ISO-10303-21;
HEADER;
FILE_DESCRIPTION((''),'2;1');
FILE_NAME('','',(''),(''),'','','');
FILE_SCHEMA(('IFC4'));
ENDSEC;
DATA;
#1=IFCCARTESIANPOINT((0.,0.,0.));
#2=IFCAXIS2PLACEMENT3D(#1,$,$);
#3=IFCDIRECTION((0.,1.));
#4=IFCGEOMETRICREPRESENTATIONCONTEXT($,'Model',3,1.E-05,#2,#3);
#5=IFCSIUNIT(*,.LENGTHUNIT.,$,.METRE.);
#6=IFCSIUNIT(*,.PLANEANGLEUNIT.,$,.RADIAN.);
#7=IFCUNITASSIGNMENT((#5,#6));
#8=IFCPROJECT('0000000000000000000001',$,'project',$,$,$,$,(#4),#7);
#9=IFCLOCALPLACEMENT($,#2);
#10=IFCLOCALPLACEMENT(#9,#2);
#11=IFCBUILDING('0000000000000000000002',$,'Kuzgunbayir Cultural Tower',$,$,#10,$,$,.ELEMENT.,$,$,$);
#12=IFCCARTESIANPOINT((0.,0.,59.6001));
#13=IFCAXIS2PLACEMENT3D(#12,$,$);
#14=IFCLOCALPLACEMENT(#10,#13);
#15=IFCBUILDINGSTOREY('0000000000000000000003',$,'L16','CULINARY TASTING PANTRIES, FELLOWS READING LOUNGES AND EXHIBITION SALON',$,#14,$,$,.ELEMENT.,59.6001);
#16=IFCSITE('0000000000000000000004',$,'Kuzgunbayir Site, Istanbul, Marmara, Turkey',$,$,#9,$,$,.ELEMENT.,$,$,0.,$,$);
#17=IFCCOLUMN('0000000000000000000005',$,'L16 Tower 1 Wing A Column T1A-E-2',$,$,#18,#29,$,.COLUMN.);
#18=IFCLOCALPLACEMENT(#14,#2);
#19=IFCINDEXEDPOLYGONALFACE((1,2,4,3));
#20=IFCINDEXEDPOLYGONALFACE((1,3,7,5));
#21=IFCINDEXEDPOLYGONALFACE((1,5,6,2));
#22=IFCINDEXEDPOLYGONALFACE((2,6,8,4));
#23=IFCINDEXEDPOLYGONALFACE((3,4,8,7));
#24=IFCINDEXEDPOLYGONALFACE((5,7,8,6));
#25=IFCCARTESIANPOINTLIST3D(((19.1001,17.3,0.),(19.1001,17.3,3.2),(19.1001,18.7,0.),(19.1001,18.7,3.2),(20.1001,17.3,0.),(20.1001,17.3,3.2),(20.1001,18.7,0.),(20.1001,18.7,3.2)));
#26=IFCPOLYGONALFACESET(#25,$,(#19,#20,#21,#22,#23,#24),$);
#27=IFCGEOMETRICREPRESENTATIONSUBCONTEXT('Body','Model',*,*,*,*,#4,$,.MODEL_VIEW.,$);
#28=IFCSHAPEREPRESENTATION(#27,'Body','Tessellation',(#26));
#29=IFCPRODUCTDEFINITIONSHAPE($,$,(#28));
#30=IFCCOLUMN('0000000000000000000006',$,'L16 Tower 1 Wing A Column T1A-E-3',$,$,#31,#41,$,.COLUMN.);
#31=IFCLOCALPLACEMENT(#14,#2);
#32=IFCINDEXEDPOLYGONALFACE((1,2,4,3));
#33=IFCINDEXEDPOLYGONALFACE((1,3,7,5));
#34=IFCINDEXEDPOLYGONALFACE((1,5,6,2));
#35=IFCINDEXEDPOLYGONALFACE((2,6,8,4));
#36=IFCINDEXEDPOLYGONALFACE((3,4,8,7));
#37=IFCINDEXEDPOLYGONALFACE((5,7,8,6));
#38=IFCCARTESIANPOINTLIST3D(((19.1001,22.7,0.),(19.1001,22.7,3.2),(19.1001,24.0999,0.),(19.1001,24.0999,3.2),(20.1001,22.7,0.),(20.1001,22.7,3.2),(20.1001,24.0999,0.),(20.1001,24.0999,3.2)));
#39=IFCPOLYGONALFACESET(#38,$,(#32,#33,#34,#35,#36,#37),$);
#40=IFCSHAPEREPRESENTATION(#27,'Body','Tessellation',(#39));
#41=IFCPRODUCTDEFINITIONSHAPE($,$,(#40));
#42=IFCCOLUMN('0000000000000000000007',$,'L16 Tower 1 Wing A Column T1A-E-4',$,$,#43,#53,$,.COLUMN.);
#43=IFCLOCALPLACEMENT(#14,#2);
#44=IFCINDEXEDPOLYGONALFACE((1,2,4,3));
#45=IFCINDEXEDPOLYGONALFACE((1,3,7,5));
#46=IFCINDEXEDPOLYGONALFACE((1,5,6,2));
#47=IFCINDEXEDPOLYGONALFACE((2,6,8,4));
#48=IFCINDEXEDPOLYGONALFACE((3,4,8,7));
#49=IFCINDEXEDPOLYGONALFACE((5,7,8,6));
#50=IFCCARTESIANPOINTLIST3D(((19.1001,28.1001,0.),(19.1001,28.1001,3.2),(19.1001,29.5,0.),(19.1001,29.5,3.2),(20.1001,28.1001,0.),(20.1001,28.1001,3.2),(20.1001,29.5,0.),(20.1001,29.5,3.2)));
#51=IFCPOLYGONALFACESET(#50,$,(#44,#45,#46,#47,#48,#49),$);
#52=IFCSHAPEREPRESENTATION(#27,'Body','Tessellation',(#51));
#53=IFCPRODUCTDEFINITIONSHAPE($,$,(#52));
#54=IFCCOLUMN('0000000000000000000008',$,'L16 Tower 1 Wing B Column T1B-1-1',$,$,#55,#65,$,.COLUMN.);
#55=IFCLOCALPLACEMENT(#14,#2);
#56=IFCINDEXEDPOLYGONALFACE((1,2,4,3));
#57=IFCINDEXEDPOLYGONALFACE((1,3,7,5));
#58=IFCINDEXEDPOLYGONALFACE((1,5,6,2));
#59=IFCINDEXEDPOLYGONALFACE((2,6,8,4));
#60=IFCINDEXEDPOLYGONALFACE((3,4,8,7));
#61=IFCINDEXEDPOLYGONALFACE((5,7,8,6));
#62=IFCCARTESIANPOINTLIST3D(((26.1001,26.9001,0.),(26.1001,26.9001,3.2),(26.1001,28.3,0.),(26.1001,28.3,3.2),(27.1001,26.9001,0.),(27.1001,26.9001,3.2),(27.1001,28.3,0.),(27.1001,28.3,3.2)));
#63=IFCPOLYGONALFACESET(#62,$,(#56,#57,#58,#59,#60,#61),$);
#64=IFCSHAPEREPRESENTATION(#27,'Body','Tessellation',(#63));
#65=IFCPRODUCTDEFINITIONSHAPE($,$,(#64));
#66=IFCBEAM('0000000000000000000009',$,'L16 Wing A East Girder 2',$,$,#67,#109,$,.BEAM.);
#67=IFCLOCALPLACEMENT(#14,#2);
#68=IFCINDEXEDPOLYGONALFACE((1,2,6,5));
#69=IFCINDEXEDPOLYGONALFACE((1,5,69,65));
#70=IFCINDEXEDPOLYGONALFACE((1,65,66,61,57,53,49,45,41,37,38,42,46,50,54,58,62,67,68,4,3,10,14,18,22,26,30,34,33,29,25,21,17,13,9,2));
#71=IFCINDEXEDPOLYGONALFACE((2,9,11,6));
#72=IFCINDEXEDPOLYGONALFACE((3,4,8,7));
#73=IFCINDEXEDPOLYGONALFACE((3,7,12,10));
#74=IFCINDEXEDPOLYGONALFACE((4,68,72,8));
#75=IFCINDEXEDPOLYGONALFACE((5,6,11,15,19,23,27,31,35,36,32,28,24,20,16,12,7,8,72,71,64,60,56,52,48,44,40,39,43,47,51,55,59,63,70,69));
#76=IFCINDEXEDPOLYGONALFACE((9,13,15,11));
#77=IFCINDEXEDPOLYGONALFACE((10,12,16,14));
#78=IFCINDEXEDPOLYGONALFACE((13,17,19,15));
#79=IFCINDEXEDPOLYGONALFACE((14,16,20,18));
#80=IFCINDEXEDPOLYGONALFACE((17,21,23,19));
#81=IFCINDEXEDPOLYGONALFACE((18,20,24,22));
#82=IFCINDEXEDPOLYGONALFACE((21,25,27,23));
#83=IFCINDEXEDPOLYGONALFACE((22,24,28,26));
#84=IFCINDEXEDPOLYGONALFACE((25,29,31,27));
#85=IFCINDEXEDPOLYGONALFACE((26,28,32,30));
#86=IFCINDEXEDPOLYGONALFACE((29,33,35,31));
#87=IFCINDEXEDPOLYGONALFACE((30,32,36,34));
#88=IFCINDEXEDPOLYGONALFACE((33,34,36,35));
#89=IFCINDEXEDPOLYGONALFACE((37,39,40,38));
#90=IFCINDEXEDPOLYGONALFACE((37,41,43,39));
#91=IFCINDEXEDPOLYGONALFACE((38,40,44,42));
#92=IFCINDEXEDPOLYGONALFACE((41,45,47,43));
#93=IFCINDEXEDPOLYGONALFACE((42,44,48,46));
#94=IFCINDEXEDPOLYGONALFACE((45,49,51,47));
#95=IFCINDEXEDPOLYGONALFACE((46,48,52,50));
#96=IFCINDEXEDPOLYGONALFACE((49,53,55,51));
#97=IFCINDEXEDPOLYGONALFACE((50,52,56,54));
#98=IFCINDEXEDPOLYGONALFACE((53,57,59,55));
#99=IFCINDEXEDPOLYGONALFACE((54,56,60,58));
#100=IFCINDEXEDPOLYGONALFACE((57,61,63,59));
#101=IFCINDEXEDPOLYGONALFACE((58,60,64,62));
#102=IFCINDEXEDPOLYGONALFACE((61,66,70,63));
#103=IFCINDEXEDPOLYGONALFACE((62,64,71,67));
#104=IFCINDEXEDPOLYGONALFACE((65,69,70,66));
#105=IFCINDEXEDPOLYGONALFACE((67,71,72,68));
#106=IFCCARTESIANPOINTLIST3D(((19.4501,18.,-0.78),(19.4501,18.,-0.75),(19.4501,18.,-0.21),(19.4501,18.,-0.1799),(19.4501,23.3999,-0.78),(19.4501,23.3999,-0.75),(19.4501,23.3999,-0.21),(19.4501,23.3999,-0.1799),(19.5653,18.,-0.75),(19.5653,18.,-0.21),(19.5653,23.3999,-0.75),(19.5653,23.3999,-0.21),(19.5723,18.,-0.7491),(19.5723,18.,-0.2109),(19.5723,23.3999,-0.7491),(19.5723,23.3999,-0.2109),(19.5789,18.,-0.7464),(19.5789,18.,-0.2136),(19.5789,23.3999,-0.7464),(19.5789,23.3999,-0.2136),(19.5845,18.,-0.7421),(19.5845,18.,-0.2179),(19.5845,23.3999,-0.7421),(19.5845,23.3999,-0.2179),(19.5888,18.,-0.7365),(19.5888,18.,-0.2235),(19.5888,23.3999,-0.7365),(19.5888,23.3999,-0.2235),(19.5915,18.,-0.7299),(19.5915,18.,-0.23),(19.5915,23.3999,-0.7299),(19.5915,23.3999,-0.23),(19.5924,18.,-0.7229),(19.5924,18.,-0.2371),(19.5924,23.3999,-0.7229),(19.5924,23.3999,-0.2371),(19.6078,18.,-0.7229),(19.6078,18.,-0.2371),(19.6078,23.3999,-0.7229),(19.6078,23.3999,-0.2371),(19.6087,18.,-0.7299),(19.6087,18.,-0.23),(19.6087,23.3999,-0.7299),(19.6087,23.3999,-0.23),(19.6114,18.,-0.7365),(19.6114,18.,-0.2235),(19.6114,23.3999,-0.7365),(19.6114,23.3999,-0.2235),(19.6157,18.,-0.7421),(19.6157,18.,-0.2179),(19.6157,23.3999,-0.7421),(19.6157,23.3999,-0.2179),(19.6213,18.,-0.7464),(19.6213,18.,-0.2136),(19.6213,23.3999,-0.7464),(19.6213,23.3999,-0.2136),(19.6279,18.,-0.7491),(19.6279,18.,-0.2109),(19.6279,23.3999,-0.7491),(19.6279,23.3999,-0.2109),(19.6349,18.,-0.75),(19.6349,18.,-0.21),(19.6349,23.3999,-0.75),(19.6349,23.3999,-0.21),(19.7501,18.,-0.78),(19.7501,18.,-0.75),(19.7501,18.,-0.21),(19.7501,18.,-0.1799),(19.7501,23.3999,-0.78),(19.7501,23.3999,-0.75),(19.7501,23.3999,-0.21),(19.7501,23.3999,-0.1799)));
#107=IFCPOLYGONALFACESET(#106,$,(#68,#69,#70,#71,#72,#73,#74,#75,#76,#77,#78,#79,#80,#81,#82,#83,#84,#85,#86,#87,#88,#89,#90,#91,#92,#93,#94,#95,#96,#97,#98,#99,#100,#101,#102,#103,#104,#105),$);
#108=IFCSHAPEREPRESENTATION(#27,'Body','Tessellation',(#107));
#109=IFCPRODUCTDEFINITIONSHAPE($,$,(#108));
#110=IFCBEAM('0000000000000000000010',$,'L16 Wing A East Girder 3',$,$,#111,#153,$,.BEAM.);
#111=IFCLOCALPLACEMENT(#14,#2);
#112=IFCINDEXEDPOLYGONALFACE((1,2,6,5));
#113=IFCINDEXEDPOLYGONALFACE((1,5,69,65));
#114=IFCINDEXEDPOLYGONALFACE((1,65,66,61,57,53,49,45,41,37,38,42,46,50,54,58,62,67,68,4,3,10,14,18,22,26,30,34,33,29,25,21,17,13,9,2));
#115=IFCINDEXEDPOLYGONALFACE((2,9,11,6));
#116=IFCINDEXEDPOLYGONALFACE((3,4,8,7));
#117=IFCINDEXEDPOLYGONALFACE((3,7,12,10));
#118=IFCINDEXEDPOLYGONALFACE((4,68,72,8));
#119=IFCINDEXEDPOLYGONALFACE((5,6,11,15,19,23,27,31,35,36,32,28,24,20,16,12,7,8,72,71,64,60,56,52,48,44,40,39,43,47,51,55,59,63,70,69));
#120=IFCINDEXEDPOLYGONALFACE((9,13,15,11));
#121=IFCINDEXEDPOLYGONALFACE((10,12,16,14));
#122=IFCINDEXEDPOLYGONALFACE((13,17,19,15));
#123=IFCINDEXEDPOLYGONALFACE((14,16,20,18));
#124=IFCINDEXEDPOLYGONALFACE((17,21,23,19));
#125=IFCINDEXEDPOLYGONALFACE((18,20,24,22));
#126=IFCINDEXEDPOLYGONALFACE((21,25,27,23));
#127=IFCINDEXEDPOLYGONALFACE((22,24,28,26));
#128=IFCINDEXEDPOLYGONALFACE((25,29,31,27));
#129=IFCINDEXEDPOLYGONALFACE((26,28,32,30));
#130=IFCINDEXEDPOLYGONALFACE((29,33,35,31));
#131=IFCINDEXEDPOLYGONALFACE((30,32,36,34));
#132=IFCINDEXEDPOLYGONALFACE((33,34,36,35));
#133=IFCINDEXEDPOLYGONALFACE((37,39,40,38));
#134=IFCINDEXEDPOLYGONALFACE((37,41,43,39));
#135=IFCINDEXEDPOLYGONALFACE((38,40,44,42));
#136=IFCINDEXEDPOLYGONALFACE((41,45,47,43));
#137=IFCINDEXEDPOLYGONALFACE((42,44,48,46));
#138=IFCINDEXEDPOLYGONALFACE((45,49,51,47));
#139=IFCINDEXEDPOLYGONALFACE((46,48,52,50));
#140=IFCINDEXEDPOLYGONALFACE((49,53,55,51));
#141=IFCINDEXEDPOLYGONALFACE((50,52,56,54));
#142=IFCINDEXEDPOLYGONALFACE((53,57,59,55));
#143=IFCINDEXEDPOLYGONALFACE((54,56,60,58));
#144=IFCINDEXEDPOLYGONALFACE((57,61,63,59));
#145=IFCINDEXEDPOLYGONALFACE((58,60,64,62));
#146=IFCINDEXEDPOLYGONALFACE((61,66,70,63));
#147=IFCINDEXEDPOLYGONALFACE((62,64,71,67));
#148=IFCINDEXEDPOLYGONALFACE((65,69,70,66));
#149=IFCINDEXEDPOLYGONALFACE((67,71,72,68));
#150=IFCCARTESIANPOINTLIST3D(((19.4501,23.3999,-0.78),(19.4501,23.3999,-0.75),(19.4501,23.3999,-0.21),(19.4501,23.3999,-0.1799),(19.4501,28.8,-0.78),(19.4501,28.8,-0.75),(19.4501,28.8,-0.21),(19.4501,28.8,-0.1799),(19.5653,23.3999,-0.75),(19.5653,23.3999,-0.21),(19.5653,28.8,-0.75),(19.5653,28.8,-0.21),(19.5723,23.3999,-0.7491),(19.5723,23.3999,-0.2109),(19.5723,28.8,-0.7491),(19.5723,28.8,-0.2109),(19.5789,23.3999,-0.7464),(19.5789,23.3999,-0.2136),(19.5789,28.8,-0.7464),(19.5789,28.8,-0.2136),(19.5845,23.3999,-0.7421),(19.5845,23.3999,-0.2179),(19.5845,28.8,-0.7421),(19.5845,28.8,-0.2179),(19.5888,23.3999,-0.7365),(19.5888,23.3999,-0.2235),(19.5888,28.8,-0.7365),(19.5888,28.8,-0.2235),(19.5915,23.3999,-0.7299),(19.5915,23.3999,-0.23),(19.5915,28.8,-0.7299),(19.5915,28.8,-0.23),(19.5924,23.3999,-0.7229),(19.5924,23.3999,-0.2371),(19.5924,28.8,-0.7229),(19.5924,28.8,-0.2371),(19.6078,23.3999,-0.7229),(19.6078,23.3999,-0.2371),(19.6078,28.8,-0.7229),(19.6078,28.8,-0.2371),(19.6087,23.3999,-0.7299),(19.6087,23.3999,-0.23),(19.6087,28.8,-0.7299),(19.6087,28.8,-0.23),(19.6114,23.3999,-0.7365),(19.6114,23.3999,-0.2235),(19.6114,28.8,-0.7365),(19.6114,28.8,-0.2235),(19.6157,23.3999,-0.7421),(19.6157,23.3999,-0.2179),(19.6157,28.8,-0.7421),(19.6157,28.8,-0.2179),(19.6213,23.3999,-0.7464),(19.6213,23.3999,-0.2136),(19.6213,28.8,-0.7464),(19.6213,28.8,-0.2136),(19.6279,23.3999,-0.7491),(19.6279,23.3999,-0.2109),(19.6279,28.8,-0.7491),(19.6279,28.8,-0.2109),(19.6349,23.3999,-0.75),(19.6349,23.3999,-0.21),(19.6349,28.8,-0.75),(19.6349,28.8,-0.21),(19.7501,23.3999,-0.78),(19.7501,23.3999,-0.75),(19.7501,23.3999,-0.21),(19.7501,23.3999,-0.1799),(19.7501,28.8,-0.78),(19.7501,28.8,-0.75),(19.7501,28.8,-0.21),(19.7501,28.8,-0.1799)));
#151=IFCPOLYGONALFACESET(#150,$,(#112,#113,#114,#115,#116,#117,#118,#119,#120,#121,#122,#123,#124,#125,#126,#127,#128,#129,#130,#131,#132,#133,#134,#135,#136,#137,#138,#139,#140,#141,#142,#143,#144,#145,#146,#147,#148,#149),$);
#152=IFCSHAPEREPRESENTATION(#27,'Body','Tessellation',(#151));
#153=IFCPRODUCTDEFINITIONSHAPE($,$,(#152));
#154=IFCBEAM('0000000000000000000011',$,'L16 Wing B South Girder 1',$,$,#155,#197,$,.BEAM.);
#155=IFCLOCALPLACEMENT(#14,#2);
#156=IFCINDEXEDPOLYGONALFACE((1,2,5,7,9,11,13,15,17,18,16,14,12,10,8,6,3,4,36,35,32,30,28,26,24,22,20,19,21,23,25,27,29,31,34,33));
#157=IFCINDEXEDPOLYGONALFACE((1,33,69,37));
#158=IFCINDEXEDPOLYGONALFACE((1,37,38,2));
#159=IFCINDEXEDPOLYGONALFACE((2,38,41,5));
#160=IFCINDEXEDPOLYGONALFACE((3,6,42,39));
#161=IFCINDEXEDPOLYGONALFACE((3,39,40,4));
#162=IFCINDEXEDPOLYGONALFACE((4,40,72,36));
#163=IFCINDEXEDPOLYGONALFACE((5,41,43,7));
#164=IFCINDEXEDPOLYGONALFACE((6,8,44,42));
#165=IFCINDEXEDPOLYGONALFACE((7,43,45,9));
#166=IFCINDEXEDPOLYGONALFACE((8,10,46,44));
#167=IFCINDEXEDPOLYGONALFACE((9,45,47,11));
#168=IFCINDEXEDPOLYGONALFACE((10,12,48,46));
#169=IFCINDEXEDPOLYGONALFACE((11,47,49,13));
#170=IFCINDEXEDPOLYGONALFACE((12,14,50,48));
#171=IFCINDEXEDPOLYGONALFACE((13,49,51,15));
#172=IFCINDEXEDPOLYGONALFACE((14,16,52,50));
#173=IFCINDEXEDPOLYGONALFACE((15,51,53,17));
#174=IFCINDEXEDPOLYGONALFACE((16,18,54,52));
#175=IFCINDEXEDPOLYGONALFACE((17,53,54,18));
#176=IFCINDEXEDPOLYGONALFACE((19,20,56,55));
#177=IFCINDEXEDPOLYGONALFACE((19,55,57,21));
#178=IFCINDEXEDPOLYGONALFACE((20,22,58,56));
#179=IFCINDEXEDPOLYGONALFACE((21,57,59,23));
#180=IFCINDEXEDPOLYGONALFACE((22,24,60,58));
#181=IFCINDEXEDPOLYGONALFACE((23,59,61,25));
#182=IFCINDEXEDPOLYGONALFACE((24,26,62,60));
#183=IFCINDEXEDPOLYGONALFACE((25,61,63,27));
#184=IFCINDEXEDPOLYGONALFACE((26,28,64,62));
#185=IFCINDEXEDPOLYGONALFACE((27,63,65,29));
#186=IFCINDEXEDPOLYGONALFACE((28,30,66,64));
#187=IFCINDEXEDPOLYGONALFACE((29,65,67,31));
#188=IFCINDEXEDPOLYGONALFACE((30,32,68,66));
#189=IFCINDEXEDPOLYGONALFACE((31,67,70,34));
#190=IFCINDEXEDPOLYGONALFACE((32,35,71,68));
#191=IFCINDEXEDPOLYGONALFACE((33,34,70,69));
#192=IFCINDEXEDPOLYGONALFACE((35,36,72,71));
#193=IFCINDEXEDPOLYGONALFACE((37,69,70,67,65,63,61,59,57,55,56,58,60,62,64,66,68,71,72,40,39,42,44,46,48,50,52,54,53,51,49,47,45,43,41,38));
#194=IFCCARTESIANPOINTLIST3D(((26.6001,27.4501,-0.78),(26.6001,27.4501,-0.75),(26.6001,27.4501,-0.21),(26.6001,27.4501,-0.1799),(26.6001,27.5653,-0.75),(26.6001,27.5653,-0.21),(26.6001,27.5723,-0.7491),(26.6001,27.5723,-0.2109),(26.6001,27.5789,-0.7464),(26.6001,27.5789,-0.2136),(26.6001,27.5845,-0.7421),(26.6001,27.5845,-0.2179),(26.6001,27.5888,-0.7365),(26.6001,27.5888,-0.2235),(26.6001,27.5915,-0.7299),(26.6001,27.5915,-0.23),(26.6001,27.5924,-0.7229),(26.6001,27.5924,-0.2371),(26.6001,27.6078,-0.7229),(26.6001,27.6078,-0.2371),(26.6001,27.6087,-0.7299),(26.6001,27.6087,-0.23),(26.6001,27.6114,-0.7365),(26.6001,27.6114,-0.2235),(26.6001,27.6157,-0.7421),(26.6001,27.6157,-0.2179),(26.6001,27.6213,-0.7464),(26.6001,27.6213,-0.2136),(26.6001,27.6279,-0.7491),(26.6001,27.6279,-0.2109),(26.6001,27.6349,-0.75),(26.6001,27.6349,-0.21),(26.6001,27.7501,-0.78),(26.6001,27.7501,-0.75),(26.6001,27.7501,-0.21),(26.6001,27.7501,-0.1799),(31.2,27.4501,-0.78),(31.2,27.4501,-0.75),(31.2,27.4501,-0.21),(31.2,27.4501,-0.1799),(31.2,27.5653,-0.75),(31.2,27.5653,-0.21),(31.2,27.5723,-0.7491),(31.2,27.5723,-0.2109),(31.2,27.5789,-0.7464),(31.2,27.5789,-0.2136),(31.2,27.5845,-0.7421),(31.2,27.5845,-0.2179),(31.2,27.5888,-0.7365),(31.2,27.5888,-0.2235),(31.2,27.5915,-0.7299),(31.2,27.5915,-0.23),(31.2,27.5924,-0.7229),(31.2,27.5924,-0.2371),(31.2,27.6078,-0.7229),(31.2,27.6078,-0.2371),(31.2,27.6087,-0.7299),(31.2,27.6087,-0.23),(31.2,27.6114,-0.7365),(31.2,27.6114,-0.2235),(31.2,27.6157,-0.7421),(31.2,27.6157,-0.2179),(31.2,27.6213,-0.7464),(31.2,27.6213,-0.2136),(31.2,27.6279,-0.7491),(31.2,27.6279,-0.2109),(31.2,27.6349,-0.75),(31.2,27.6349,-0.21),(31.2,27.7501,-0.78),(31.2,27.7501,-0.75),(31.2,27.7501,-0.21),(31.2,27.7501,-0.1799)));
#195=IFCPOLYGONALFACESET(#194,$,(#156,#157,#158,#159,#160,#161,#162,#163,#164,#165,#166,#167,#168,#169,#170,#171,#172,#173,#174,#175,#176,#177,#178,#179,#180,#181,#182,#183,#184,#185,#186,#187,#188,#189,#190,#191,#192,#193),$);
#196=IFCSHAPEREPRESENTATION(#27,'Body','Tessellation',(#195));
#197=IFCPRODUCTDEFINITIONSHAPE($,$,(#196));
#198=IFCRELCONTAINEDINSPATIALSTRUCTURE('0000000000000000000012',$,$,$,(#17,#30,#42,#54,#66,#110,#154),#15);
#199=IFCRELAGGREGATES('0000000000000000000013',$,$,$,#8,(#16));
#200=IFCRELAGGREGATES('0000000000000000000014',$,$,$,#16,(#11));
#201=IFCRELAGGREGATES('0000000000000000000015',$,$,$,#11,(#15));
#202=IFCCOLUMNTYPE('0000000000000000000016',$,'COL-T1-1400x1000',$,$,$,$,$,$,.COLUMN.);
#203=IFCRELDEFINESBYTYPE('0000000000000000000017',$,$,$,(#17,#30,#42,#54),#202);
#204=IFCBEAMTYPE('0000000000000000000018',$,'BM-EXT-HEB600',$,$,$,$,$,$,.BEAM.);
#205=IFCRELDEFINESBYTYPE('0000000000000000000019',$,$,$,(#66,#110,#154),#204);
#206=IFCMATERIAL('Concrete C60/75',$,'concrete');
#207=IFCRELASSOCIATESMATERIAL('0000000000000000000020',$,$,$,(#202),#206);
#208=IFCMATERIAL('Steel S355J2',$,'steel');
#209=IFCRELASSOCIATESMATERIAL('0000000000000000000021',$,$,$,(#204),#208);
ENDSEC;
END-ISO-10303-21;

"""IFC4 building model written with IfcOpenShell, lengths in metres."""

from ifc_helpers import new_model, si_unit, direction, frame, origin, origin_2d, place, context, subcontext, project, spatial, rectangle, i_section, extrude, material, material_profile, profile_set, type_object, element, save


model = new_model("IFC4")

# Units and contexts
model_context = context("Model", 3, precision=1e-05, world=origin(), true_north=direction((0.0, 1.0)))
body_context = subcontext(model_context, "Body", "Model", "MODEL_VIEW")
ifc_project = project(units=[si_unit("LENGTHUNIT", "METRE"), si_unit("PLANEANGLEUNIT", "RADIAN")], contexts=[model_context])

# Site, building, storey
site_placement = place(None, origin())
site = spatial("IfcSite", under=ifc_project, at=site_placement, Name="Kuzgunbayir Site, Istanbul, Marmara, Turkey", CompositionType="ELEMENT", RefElevation=0.0)
building_placement = place(site_placement, origin())
building = spatial("IfcBuilding", under=site, at=building_placement, Name="Kuzgunbayir Cultural Tower", CompositionType="ELEMENT")
storey_placement = place(building_placement, frame((0.0, 0.0, 59.6001)))
storey = spatial("IfcBuildingStorey", under=building, at=storey_placement, Name="L16", Description="CULINARY TASTING PANTRIES, FELLOWS READING LOUNGES AND EXHIBITION SALON", CompositionType="ELEMENT", Elevation=59.6001)

# Columns
ifc_material_1 = material(Name="Concrete C60/75", Category="concrete")
ifc_material_profile_1 = material_profile(ifc_material_1, rectangle(XDim=1.0, YDim=1.3999, at=origin_2d()), Name="RC 1400x1000")
ifc_profile_set_1 = profile_set([ifc_material_profile_1], Name="Concrete C60/75")
column_type = type_object("IfcColumnType", Name="COL-T1-1400x1000", PredefinedType="COLUMN", material=ifc_profile_set_1)
for number, where, z_axis, x_axis, name in (
    (1, (19.6001, 18.0, 0.0), (0.0, 0.0, 1.0), (1.0, 0.0, 0.0), "L16 Tower 1 Wing A Column T1A-E-2"),
    (2, (19.6001, 23.3999, 0.0), (0.0, 0.0, 1.0), (1.0, 0.0, 0.0), "L16 Tower 1 Wing A Column T1A-E-3"),
    (3, (19.6001, 28.8, 0.0), (0.0, 0.0, 1.0), (1.0, 0.0, 0.0), "L16 Tower 1 Wing A Column T1A-E-4"),
    (4, (26.6001, 27.6001, 0.0), (0.0, 0.0, 1.0), (1.0, 0.0, 0.0), "L16 Tower 1 Wing B Column T1B-1-1"),
):
    element("IfcColumn", number, at=place(storey_placement, frame(where, z_axis=z_axis, x_axis=x_axis)), inside=storey, type_object=column_type, Name=name, PredefinedType="COLUMN", context=body_context, shape_type="SweptSolid", body=[
        extrude(rectangle(XDim=1.0, YDim=1.3999, at=origin_2d()), origin(), (0.0, 0.0, 1.0), 3.2),
    ])

# Beams
ifc_material_2 = material(Name="Steel S355J2", Category="steel")
ifc_material_profile_2 = material_profile(ifc_material_2, i_section(OverallWidth=0.3, OverallDepth=0.6001, WebThickness=0.0154, FlangeThickness=0.03, FilletRadius=0.0271, at=origin_2d()), Name="HEB 600")
ifc_profile_set_2 = profile_set([ifc_material_profile_2], Name="Steel S355J2")
beam_type_1 = type_object("IfcBeamType", Name="BM-EXT-HEB600", PredefinedType="BEAM", material=ifc_profile_set_2)
beam_1_placement = place(storey_placement, frame((19.6001, 18.0, -0.48), z_axis=(0.0, 1.0, 0.0), x_axis=(-1.0, 0.0, 0.0)))
element("IfcBeam", 5, at=beam_1_placement, inside=storey, type_object=beam_type_1, Name="L16 Wing A East Girder 2", PredefinedType="BEAM", context=body_context, shape_type="SweptSolid", body=[
    extrude(i_section(OverallWidth=0.3, OverallDepth=0.6001, WebThickness=0.0154, FlangeThickness=0.03, FilletRadius=0.0271, at=origin_2d()), origin(), (0.0, 0.0, 1.0), 5.3999),
])
beam_2_placement = place(storey_placement, frame((19.6001, 23.3999, -0.48), z_axis=(0.0, 1.0, 0.0), x_axis=(-1.0, 0.0, 0.0)))
element("IfcBeam", 6, at=beam_2_placement, inside=storey, type_object=beam_type_1, Name="L16 Wing A East Girder 3", PredefinedType="BEAM", context=body_context, shape_type="SweptSolid", body=[
    extrude(i_section(OverallWidth=0.3, OverallDepth=0.6001, WebThickness=0.0154, FlangeThickness=0.03, FilletRadius=0.0271, at=origin_2d()), origin(), (0.0, 0.0, 1.0), 5.4001),
])
beam_3_placement = place(storey_placement, frame((26.6001, 27.6001, -0.48), z_axis=(1.0, 0.0, 0.0), x_axis=(0.0, 1.0, 0.0)))
element("IfcBeam", 7, at=beam_3_placement, inside=storey, type_object=beam_type_1, Name="L16 Wing B South Girder 1", PredefinedType="BEAM", context=body_context, shape_type="SweptSolid", body=[
    extrude(i_section(OverallWidth=0.3, OverallDepth=0.6001, WebThickness=0.0154, FlangeThickness=0.03, FilletRadius=0.0271, at=origin_2d()), origin(), (0.0, 0.0, 1.0), 4.5999),
])

save(model, "model.ifc")
